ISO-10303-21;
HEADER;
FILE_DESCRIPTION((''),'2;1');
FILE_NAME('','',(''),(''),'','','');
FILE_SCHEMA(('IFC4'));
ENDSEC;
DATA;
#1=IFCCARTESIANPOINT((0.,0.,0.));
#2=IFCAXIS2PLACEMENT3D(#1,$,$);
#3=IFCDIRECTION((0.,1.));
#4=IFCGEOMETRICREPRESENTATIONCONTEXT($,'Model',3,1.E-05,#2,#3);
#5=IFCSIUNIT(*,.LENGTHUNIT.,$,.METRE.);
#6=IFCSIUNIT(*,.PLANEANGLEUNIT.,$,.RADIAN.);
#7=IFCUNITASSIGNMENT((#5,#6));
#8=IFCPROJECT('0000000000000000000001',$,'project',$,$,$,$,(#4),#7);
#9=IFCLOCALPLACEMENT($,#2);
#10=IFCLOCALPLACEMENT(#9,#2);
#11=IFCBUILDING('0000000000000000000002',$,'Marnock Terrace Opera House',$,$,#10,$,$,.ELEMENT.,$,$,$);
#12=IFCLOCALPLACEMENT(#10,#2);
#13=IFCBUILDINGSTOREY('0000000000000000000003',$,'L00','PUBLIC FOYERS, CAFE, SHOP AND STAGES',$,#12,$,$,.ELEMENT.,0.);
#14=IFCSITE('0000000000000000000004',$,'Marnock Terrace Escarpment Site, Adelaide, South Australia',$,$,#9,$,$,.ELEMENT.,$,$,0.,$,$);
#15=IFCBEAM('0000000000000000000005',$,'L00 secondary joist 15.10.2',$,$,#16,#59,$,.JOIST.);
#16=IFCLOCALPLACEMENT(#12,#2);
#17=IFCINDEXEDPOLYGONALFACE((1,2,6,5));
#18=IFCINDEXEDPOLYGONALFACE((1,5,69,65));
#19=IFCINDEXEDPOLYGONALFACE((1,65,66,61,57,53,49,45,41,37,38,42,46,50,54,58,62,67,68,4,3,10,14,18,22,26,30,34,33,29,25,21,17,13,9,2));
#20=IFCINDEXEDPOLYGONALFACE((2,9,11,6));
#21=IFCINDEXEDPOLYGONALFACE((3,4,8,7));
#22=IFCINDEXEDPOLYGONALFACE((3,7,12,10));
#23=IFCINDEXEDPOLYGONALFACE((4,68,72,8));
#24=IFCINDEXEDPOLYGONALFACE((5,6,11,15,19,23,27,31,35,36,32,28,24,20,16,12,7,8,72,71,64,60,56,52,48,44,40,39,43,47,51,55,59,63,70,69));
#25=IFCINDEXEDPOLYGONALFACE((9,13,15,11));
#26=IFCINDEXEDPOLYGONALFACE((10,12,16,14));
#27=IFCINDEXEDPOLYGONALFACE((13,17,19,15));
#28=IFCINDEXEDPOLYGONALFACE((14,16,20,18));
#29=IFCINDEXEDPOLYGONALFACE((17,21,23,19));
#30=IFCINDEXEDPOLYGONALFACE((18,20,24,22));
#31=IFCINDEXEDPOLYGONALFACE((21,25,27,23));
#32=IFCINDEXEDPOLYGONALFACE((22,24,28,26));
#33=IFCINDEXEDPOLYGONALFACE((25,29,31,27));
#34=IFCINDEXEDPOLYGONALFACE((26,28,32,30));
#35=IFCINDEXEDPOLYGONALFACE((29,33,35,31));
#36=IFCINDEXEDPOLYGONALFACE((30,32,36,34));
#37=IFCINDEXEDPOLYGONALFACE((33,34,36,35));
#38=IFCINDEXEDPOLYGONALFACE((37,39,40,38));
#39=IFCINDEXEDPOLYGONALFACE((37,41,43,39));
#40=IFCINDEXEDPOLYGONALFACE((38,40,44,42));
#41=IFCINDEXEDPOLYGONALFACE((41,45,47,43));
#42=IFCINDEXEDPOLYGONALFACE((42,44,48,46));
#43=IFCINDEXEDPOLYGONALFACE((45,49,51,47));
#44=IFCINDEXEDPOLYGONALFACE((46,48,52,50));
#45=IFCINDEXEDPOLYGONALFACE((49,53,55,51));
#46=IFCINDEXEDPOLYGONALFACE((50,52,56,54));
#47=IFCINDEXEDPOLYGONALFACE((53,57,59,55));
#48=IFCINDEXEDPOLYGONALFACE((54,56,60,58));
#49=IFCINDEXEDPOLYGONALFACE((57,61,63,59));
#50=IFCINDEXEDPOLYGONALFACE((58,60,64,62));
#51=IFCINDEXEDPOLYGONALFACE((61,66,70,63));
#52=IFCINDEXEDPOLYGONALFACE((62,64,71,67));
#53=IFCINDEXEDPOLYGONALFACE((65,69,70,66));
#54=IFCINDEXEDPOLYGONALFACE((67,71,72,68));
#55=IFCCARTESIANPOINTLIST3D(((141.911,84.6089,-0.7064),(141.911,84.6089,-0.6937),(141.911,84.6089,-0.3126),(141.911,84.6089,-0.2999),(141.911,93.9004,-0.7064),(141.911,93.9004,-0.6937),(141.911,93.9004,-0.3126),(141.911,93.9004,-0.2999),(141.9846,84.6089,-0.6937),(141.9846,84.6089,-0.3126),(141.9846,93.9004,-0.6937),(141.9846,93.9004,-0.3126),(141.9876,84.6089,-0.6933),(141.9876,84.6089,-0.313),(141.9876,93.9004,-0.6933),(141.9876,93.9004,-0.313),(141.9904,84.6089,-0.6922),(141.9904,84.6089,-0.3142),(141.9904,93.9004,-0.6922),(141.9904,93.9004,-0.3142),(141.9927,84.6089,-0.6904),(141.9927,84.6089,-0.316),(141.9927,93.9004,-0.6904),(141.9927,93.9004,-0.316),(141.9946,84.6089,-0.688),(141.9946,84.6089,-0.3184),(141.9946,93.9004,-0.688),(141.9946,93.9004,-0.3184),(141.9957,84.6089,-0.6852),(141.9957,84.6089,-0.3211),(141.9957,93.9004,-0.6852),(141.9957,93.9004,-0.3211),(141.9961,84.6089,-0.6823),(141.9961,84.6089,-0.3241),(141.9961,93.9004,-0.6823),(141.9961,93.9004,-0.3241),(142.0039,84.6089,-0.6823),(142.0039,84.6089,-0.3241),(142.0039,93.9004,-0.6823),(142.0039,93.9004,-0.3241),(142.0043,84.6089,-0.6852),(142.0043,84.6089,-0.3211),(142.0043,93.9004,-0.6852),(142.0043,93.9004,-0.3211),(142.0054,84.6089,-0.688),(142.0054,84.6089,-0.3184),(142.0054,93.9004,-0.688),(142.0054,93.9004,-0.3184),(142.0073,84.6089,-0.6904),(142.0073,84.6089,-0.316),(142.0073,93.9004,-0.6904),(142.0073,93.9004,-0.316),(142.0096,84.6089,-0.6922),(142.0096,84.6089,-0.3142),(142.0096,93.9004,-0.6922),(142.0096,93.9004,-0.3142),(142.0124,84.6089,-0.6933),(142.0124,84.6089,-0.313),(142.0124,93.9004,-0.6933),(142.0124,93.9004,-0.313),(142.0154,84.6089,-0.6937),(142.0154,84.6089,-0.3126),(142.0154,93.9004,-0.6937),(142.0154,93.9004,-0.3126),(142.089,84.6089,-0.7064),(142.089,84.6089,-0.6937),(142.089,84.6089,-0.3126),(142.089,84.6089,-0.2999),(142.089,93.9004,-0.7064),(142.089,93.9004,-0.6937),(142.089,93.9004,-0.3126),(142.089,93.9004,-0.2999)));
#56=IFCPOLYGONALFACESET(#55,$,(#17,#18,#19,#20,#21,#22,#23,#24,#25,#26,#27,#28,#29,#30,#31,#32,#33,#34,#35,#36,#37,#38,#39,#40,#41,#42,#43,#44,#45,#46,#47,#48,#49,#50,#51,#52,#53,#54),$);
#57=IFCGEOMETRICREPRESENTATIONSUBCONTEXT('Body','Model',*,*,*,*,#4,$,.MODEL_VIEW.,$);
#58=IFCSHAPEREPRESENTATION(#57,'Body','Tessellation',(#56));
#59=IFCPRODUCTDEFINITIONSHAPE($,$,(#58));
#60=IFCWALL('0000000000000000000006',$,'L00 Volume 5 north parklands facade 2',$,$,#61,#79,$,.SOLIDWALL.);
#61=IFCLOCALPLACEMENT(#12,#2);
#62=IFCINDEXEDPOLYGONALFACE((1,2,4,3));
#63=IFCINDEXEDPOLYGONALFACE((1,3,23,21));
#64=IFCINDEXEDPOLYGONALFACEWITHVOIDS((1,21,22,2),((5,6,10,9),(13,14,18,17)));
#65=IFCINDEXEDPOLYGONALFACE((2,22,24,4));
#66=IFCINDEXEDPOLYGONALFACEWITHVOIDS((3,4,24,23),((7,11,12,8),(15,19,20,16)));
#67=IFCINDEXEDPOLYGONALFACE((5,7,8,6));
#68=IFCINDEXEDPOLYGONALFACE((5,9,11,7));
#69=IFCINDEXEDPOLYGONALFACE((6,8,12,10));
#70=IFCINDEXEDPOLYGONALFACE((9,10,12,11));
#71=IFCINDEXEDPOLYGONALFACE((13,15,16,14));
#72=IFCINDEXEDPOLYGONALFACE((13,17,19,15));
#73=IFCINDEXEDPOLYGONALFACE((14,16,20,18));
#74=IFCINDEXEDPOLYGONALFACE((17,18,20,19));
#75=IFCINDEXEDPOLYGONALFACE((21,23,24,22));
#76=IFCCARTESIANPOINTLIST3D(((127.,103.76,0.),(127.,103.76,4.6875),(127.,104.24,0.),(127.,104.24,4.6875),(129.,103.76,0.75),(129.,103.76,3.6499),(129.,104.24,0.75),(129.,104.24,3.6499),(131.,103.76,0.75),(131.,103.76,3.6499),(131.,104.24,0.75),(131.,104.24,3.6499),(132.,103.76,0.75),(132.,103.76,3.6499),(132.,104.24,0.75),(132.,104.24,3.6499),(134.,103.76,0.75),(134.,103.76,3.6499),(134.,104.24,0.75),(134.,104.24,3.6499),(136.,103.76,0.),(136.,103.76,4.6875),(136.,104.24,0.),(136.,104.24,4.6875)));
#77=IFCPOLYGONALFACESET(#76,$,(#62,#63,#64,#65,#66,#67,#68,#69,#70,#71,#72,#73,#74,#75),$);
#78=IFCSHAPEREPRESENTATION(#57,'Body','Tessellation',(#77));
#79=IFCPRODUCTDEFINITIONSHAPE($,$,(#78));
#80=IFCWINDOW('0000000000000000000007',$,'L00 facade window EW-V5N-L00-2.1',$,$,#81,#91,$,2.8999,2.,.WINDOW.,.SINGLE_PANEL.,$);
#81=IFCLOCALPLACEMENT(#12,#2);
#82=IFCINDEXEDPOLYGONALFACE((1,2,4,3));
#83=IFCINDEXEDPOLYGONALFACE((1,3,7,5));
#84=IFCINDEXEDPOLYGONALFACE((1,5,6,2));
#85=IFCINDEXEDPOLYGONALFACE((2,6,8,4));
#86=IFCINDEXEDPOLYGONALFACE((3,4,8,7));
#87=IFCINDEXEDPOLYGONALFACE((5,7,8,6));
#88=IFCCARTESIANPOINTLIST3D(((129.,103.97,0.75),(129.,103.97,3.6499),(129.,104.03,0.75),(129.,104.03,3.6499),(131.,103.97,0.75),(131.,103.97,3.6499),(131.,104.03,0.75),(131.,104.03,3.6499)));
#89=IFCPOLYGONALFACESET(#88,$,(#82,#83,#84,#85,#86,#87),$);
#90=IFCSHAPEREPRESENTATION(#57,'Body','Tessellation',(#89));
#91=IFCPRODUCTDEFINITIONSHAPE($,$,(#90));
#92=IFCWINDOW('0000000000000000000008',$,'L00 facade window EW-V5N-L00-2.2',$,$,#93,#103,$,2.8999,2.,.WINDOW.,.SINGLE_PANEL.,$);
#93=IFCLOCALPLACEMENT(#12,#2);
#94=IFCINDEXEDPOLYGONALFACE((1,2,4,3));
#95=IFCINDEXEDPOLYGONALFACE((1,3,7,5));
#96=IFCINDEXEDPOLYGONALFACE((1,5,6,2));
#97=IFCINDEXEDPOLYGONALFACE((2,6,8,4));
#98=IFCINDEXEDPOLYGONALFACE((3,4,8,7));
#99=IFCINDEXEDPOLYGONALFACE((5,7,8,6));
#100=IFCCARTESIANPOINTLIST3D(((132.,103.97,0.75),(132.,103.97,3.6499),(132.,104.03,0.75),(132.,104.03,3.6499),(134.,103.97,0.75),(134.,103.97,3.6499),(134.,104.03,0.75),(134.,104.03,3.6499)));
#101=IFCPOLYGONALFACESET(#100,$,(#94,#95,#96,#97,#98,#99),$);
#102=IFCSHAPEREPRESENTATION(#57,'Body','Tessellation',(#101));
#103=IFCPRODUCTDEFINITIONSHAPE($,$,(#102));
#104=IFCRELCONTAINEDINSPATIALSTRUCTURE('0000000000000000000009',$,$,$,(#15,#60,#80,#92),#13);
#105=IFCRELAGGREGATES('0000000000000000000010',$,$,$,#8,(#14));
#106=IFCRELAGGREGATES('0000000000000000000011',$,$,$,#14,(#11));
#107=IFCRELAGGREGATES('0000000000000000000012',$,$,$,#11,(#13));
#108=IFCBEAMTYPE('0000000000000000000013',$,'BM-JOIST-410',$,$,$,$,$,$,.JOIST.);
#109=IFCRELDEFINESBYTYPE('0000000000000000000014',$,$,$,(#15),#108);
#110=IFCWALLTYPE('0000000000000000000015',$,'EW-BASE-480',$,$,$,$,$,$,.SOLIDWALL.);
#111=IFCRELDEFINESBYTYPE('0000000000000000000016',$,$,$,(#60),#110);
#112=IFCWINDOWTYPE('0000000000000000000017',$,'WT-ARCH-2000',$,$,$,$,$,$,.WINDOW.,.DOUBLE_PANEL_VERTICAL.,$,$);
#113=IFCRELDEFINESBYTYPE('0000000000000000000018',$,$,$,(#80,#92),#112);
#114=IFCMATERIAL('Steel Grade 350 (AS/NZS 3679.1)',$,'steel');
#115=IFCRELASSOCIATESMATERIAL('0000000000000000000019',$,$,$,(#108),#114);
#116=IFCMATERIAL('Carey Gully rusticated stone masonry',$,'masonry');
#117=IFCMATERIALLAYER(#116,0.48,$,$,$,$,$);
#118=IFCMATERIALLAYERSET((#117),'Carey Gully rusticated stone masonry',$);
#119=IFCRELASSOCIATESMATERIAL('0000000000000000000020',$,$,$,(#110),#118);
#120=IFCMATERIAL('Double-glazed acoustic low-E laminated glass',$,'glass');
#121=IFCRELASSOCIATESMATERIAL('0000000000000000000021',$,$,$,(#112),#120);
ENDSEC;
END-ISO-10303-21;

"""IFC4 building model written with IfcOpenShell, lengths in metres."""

from ifc_helpers import new_model, si_unit, direction, frame, frame_2d, origin, origin_2d, place, context, subcontext, project, spatial, rectangle, i_section, extrude, material, layer, layer_set, material_profile, profile_set, type_object, element, fill, save


model = new_model("IFC4")

# Units and contexts
model_context = context("Model", 3, precision=1e-05, world=origin(), true_north=direction((0.0, 1.0)))
body_context = subcontext(model_context, "Body", "Model", "MODEL_VIEW")
ifc_project = project(units=[si_unit("LENGTHUNIT", "METRE"), si_unit("PLANEANGLEUNIT", "RADIAN")], contexts=[model_context])

# Site, building, storey
site_placement = place(None, origin())
site = spatial("IfcSite", under=ifc_project, at=site_placement, Name="Marnock Terrace Escarpment Site, Adelaide, South Australia", CompositionType="ELEMENT", RefElevation=0.0)
building_placement = place(site_placement, origin())
building = spatial("IfcBuilding", under=site, at=building_placement, Name="Marnock Terrace Opera House", CompositionType="ELEMENT")
storey_placement = place(building_placement, origin())
storey = spatial("IfcBuildingStorey", under=building, at=storey_placement, Name="L00", Description="PUBLIC FOYERS, CAFE, SHOP AND STAGES", CompositionType="ELEMENT", Elevation=0.0)

# Shared definitions
ifc_material_1 = material(Name="Steel Grade 350 (AS/NZS 3679.1)", Category="steel")

# Beam
ifc_material_profile_1 = material_profile(ifc_material_1, i_section(OverallWidth=0.178, OverallDepth=0.4065, WebThickness=0.0078, FlangeThickness=0.0127, FilletRadius=0.0115, at=origin_2d()))
ifc_profile_set_1 = profile_set([ifc_material_profile_1], Name="Steel Grade 350 (AS/NZS 3679.1)")
beam_type_1 = type_object("IfcBeamType", Name="BM-JOIST-410", PredefinedType="JOIST", material=ifc_profile_set_1)
for number, where, z_axis, x_axis, name in (
    (1, (142.0, 84.6089, -0.5032), (0.0, 1.0, 0.0), (-1.0, 0.0, 0.0), "L00 secondary joist 15.10.2"),
):
    element("IfcBeam", number, at=place(storey_placement, frame(where, z_axis=z_axis, x_axis=x_axis)), inside=storey, type_object=beam_type_1, Name=name, PredefinedType="JOIST", context=body_context, shape_type="SweptSolid", body=[
        extrude(i_section(OverallWidth=0.178, OverallDepth=0.4065, WebThickness=0.0078, FlangeThickness=0.0127, FilletRadius=0.0115, at=origin_2d()), origin(), (0.0, 0.0, 1.0), 9.2915),
    ])

# Wall, openings, windows
ifc_material_2 = material(Name="Carey Gully rusticated stone masonry", Category="masonry")
ifc_layer = layer(ifc_material_2, 0.48)
ifc_layer_set = layer_set([ifc_layer], Name="Carey Gully rusticated stone masonry")
wall_type = type_object("IfcWallType", Name="EW-BASE-480", PredefinedType="SOLIDWALL", material=ifc_layer_set)
wall_1_placement = place(storey_placement, frame((127.0, 104.0, 0.0), z_axis=(0.0, 0.0, 1.0), x_axis=(1.0, 0.0, 0.0)))
wall_1 = element("IfcWall", 2, at=wall_1_placement, inside=storey, type_object=wall_type, Name="L00 Volume 5 north parklands facade 2", PredefinedType="SOLIDWALL", context=body_context, shape_type="SweptSolid", body=[
    extrude(rectangle(XDim=9.0, YDim=0.48, at=frame_2d((4.5, 0.0))), origin(), (0.0, 0.0, 1.0), 4.6875),
])
opening_1_placement = place(wall_1_placement, frame((2.0, 0.0, 0.75)))
opening_1 = element("IfcOpeningElement", 3, at=opening_1_placement, cuts=wall_1, PredefinedType="OPENING", context=body_context, shape_type="SweptSolid", body=[
    extrude(rectangle(XDim=2.0, YDim=2.8999, at=frame_2d((1.0, 1.45))), frame((0.0, 0.25, 0.0), z_axis=(0.0, -1.0, 0.0), x_axis=(1.0, 0.0, 0.0)), (0.0, 0.0, 1.0), 0.5),
])
opening_2_placement = place(wall_1_placement, frame((5.0, 0.0, 0.75)))
opening_2 = element("IfcOpeningElement", 4, at=opening_2_placement, cuts=wall_1, PredefinedType="OPENING", context=body_context, shape_type="SweptSolid", body=[
    extrude(rectangle(XDim=2.0, YDim=2.8999, at=frame_2d((1.0, 1.45))), frame((0.0, 0.25, 0.0), z_axis=(0.0, -1.0, 0.0), x_axis=(1.0, 0.0, 0.0)), (0.0, 0.0, 1.0), 0.5),
])
ifc_material_3 = material(Name="Double-glazed acoustic low-E laminated glass", Category="glass")
window_type = type_object("IfcWindowType", Name="WT-ARCH-2000", PartitioningType="DOUBLE_PANEL_VERTICAL", PredefinedType="WINDOW", material=ifc_material_3)
window_1_placement = place(opening_1_placement, origin())
window_1 = element("IfcWindow", 5, at=window_1_placement, inside=storey, type_object=window_type, Name="L00 facade window EW-V5N-L00-2.1", OverallHeight=2.8999, OverallWidth=2.0, PartitioningType="SINGLE_PANEL", PredefinedType="WINDOW", context=body_context, shape_type="SweptSolid", body=[
    extrude(rectangle(XDim=2.0, YDim=2.8999, at=frame_2d((1.0, 1.45))), frame((0.0, 0.03, 0.0), z_axis=(0.0, -1.0, 0.0), x_axis=(1.0, 0.0, 0.0)), (0.0, 0.0, 1.0), 0.0601),
])
fill(opening_1, window_1)
window_2_placement = place(opening_2_placement, origin())
window_2 = element("IfcWindow", 6, at=window_2_placement, inside=storey, type_object=window_type, Name="L00 facade window EW-V5N-L00-2.2", OverallHeight=2.8999, OverallWidth=2.0, PartitioningType="SINGLE_PANEL", PredefinedType="WINDOW", context=body_context, shape_type="SweptSolid", body=[
    extrude(rectangle(XDim=2.0, YDim=2.8999, at=frame_2d((1.0, 1.45))), frame((0.0, 0.03, 0.0), z_axis=(0.0, -1.0, 0.0), x_axis=(1.0, 0.0, 0.0)), (0.0, 0.0, 1.0), 0.0601),
])
fill(opening_2, window_2)

save(model, "model.ifc")
